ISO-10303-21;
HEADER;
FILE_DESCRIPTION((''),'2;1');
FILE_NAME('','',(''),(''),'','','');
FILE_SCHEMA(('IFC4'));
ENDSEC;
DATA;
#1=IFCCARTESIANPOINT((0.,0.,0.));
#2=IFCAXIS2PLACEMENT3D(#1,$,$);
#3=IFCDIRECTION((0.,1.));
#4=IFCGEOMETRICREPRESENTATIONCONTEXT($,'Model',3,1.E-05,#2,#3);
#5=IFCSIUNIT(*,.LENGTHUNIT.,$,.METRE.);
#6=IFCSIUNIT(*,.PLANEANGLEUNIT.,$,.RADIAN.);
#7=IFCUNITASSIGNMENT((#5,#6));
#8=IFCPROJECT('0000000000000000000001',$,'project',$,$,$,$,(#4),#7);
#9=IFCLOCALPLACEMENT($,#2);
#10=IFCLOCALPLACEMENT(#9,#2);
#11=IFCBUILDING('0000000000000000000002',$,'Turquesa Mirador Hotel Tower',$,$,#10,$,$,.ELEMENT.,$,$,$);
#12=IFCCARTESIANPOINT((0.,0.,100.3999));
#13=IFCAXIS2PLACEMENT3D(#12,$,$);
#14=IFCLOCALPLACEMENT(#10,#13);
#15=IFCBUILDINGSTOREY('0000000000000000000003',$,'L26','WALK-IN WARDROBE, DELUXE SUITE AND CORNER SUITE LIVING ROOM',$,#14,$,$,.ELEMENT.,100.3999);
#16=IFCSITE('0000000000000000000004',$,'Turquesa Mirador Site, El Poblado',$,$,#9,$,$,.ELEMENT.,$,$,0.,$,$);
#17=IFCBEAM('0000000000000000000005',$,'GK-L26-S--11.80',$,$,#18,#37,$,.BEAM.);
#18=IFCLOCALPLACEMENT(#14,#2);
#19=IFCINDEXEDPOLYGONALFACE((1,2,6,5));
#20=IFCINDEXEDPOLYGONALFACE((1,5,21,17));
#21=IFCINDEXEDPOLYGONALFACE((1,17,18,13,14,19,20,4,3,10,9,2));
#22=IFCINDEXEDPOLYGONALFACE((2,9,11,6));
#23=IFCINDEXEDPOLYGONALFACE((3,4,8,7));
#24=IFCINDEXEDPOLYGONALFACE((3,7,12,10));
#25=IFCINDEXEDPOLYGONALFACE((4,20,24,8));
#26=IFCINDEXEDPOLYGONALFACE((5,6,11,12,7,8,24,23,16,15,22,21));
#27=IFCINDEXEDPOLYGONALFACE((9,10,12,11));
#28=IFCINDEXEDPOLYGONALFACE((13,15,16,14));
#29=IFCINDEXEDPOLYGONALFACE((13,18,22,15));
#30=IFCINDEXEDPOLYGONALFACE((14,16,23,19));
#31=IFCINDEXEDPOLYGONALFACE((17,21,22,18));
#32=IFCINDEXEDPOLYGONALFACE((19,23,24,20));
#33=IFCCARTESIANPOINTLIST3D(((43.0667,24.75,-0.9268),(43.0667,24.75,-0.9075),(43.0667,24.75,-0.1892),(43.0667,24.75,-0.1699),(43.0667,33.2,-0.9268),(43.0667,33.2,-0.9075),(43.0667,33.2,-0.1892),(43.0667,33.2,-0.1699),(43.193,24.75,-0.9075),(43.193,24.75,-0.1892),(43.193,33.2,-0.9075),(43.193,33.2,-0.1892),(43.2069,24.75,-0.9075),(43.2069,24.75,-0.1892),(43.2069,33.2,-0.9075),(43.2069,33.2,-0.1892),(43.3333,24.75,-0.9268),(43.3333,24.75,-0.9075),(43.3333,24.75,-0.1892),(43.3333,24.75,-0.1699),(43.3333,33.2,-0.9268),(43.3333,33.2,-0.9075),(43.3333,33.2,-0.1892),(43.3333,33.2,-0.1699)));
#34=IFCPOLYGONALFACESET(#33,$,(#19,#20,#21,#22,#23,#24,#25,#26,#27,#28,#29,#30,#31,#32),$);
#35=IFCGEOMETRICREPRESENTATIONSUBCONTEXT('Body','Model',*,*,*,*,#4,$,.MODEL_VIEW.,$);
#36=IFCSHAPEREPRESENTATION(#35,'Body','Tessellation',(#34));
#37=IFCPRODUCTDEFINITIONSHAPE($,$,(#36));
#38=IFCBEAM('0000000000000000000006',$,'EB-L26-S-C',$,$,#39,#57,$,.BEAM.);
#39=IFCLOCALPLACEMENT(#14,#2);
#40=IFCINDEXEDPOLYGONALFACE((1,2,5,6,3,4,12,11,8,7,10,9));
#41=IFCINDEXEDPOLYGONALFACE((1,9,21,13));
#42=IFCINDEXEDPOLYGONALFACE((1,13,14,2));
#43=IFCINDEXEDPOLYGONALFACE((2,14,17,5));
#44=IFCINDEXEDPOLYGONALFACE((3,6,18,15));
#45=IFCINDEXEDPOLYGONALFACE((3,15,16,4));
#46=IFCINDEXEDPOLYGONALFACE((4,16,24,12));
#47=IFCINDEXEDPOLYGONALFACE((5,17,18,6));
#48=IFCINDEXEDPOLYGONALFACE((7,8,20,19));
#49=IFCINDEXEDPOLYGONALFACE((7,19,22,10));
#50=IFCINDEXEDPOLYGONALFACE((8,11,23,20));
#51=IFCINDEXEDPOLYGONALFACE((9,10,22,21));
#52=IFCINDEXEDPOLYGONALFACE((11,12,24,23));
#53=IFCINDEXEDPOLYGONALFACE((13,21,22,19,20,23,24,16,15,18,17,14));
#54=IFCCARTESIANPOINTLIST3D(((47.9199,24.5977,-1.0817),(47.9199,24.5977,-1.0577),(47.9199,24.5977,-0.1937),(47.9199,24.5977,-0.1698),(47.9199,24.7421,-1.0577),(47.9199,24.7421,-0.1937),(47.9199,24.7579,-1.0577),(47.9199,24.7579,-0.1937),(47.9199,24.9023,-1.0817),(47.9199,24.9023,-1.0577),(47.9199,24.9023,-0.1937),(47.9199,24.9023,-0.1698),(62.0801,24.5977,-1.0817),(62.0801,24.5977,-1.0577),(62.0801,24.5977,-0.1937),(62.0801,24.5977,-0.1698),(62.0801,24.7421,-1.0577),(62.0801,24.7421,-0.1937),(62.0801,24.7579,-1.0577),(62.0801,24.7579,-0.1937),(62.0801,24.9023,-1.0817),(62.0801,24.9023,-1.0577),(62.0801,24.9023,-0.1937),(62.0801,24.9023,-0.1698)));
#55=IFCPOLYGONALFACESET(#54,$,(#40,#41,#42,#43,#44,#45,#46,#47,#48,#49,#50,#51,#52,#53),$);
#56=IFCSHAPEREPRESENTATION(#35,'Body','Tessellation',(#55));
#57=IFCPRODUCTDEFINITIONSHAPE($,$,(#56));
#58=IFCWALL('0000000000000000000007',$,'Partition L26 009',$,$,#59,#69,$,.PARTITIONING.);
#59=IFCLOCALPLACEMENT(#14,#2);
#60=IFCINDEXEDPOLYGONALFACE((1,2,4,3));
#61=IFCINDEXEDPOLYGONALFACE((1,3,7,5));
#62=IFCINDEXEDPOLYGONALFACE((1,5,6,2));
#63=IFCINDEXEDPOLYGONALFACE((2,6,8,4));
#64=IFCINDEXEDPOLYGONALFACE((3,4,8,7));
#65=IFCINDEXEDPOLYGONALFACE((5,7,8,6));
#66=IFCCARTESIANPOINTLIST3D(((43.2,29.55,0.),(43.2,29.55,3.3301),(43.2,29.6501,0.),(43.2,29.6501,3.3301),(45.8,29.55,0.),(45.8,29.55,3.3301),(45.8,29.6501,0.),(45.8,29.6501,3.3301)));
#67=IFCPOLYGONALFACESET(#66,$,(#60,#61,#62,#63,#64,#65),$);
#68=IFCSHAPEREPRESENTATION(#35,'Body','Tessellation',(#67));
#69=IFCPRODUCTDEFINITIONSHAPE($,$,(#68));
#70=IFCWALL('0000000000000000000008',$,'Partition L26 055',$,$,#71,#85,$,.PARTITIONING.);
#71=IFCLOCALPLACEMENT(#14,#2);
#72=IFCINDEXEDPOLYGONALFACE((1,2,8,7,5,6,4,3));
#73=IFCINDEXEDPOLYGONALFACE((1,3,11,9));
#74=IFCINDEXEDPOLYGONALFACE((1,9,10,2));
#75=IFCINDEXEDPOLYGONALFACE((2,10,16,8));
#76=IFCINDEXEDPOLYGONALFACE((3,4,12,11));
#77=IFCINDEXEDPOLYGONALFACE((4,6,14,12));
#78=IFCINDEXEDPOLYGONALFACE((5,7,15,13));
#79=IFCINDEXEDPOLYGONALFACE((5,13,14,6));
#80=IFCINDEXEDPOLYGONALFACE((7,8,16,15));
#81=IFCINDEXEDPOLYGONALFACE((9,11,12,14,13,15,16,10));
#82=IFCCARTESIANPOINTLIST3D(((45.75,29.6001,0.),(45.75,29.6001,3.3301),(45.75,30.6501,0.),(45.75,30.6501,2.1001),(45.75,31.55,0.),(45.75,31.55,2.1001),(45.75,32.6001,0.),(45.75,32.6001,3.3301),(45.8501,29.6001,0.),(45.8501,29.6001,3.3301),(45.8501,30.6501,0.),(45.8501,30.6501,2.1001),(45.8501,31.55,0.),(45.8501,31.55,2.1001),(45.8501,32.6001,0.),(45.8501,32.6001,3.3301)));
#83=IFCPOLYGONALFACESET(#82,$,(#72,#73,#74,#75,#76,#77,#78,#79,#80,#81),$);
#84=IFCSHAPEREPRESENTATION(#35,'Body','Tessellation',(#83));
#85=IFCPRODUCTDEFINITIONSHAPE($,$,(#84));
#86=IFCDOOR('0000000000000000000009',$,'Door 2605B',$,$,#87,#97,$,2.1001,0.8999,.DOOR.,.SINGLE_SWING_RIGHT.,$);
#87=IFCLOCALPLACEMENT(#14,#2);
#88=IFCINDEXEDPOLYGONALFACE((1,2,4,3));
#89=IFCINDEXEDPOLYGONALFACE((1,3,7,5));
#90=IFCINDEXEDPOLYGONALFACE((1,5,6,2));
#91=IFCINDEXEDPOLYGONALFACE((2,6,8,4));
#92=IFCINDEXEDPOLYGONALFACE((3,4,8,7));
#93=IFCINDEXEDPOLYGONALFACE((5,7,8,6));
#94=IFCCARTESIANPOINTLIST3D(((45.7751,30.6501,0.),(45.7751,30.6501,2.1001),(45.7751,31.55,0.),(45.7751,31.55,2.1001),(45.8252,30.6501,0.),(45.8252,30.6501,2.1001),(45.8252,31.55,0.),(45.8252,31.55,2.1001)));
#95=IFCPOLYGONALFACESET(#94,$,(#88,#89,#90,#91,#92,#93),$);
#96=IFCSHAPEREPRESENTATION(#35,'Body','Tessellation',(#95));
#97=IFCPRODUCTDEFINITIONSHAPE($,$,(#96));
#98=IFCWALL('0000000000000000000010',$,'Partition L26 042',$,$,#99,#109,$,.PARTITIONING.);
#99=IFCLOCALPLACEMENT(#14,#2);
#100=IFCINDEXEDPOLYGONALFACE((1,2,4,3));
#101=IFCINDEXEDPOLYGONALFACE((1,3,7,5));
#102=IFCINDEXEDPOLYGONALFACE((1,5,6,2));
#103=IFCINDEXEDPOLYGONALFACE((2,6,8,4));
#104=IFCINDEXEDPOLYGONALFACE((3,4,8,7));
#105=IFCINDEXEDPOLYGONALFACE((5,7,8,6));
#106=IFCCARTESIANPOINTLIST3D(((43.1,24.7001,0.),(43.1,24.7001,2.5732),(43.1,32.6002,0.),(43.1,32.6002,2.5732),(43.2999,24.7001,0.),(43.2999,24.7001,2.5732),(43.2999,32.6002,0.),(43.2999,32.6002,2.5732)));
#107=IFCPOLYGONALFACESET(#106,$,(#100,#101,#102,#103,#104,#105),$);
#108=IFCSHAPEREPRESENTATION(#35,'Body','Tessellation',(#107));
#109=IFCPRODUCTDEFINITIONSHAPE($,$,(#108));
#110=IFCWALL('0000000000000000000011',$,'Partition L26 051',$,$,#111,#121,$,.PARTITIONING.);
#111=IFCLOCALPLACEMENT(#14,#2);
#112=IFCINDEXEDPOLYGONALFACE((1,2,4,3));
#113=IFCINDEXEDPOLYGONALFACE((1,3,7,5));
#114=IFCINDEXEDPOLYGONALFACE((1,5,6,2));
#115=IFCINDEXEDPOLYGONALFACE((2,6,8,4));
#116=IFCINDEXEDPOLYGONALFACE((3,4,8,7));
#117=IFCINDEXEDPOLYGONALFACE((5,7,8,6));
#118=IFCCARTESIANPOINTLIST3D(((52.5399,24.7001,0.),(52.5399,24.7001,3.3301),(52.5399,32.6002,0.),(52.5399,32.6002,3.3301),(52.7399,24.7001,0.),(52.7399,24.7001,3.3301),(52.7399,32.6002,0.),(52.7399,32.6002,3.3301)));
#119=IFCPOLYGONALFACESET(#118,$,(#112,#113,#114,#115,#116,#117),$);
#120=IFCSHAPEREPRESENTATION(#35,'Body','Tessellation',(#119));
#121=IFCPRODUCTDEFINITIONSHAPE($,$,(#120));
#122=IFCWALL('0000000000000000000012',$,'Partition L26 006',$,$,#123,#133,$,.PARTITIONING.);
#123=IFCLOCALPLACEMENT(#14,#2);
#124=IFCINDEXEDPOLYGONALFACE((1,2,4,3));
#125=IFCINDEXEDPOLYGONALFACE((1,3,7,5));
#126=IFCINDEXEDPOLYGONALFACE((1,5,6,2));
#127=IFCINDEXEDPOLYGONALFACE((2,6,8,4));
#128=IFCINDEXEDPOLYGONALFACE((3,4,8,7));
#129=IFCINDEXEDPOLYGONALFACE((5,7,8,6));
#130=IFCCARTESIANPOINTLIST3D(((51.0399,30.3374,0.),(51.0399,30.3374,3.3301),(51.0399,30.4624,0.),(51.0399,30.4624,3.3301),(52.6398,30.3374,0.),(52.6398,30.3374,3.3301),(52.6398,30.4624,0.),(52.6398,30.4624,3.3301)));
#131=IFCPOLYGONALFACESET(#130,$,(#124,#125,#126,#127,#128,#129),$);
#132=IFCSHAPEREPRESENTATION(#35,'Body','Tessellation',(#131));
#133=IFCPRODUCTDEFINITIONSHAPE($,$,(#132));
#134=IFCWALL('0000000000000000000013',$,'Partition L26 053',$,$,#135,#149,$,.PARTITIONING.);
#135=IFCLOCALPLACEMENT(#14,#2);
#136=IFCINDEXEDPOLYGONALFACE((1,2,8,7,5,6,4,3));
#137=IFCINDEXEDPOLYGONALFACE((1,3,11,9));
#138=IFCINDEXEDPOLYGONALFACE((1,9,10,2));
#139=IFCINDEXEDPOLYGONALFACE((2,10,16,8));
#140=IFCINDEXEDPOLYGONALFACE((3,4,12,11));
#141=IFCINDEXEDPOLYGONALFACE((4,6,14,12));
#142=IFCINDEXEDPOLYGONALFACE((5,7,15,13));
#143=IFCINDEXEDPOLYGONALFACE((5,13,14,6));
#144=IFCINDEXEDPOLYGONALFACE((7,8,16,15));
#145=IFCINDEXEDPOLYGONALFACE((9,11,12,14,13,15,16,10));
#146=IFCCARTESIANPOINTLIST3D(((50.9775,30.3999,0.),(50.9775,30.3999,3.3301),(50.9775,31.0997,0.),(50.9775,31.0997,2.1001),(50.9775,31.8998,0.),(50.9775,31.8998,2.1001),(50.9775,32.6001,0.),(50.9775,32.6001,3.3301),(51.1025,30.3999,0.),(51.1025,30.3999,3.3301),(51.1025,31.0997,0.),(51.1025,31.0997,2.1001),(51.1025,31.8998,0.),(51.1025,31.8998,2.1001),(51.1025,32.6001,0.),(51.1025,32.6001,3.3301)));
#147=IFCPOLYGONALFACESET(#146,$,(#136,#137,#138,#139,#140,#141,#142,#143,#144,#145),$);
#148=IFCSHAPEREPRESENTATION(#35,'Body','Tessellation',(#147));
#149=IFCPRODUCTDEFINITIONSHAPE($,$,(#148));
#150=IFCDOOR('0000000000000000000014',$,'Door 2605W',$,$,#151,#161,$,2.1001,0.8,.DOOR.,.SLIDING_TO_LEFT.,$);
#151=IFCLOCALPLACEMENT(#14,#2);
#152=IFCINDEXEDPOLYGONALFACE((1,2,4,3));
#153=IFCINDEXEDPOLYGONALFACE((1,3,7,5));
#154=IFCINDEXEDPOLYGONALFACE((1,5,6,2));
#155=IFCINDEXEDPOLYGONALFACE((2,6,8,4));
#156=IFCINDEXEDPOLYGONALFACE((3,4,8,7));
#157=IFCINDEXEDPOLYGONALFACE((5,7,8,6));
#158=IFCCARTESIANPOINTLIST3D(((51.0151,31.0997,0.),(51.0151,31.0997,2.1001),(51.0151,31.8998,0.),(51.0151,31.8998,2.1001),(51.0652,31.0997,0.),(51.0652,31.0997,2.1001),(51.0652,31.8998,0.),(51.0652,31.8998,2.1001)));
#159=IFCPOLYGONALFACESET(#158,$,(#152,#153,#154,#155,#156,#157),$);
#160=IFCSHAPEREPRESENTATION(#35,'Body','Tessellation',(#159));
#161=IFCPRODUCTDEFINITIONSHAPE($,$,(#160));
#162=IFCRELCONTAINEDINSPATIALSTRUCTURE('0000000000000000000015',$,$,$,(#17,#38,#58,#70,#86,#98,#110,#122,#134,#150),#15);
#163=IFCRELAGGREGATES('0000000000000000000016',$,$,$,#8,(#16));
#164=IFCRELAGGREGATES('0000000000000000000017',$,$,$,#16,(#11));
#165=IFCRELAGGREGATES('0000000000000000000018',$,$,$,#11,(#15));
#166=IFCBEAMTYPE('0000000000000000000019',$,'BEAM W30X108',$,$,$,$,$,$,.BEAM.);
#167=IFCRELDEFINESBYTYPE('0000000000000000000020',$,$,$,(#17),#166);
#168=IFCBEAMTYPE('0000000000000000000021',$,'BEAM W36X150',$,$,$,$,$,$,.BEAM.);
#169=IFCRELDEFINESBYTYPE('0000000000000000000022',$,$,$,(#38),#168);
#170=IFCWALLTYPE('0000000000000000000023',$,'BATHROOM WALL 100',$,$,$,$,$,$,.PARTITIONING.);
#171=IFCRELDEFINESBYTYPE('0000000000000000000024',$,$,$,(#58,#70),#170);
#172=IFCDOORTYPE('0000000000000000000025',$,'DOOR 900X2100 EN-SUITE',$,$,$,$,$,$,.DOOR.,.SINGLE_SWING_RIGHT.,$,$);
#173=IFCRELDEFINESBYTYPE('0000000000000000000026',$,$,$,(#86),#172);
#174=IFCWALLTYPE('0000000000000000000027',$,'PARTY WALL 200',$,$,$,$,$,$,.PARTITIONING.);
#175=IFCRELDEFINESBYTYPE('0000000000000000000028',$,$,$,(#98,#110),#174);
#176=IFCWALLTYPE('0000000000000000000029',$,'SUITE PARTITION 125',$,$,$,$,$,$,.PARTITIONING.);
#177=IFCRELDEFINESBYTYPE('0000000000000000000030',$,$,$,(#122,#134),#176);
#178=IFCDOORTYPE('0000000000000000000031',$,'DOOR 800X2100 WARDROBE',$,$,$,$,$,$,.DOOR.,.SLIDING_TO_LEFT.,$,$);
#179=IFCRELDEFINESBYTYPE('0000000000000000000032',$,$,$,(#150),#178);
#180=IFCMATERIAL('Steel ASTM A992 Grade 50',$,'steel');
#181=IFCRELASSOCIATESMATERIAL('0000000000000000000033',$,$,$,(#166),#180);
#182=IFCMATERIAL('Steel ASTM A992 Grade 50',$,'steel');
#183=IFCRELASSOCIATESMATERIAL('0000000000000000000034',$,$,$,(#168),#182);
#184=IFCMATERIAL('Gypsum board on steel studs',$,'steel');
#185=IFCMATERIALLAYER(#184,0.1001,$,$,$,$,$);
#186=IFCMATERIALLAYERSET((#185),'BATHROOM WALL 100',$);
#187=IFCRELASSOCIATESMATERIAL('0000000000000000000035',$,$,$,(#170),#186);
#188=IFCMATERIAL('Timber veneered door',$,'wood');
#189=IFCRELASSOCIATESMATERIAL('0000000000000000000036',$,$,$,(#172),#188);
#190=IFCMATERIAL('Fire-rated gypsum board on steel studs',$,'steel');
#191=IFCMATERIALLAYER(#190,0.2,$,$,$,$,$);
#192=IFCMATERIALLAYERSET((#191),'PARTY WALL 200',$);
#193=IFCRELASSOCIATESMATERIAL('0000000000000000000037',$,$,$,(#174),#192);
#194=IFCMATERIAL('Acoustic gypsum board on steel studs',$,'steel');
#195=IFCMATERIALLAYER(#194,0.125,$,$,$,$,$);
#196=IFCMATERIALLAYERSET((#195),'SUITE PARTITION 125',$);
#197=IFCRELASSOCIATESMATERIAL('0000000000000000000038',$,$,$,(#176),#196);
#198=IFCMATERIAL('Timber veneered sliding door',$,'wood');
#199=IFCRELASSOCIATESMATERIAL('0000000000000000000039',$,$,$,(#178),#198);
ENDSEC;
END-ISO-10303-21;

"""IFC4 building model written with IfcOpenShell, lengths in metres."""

from ifc_helpers import new_model, si_unit, direction, frame, frame_2d, origin, origin_2d, place, context, subcontext, project, spatial, rectangle, i_section, extrude, material, layer, layer_set, material_profile, profile_set, type_object, element, fill, save


model = new_model("IFC4")

# Units and contexts
model_context = context("Model", 3, precision=1e-05, world=origin(), true_north=direction((0.0, 1.0)))
body_context = subcontext(model_context, "Body", "Model", "MODEL_VIEW")
ifc_project = project(units=[si_unit("LENGTHUNIT", "METRE"), si_unit("PLANEANGLEUNIT", "RADIAN")], contexts=[model_context])

# Site, building, storey
site_placement = place(None, origin())
site = spatial("IfcSite", under=ifc_project, at=site_placement, Name="Turquesa Mirador Site, El Poblado", CompositionType="ELEMENT", RefElevation=0.0)
building_placement = place(site_placement, origin())
building = spatial("IfcBuilding", under=site, at=building_placement, Name="Turquesa Mirador Hotel Tower", CompositionType="ELEMENT")
storey_placement = place(building_placement, frame((0.0, 0.0, 100.3999)))
storey = spatial("IfcBuildingStorey", under=building, at=storey_placement, Name="L26", Description="WALK-IN WARDROBE, DELUXE SUITE AND CORNER SUITE LIVING ROOM", CompositionType="ELEMENT", Elevation=100.3999)

# Beams
ifc_material_1 = material(Name="Steel ASTM A992 Grade 50", Category="steel")
ifc_material_profile_1 = material_profile(ifc_material_1, i_section(OverallWidth=0.2666, OverallDepth=0.7568, WebThickness=0.0139, FlangeThickness=0.0193, at=origin_2d()), Name="W30X108")
ifc_profile_set_1 = profile_set([ifc_material_profile_1], Name="Steel ASTM A992 Grade 50")
beam_type_1 = type_object("IfcBeamType", Name="BEAM W30X108", PredefinedType="BEAM", material=ifc_profile_set_1)
beam_1_placement = place(storey_placement, frame((43.2, 24.75, -0.5483), z_axis=(0.0, 1.0, 0.0), x_axis=(-1.0, 0.0, 0.0)))
element("IfcBeam", 1, at=beam_1_placement, inside=storey, type_object=beam_type_1, Name="GK-L26-S--11.80", PredefinedType="BEAM", context=body_context, shape_type="SweptSolid", body=[
    extrude(i_section(OverallWidth=0.2666, OverallDepth=0.7568, WebThickness=0.0139, FlangeThickness=0.0193, at=origin_2d()), origin(), (0.0, 0.0, 1.0), 8.45),
])
ifc_material_2 = material(Name="Steel ASTM A992 Grade 50", Category="steel")
ifc_material_profile_2 = material_profile(ifc_material_2, i_section(OverallWidth=0.3047, OverallDepth=0.9119, WebThickness=0.0159, FlangeThickness=0.0239, at=origin_2d()), Name="W36X150")
ifc_profile_set_2 = profile_set([ifc_material_profile_2], Name="Steel ASTM A992 Grade 50")
beam_type_2 = type_object("IfcBeamType", Name="BEAM W36X150", PredefinedType="BEAM", material=ifc_profile_set_2)
beam_2_placement = place(storey_placement, frame((47.9199, 24.75, -0.6257), z_axis=(1.0, 0.0, 0.0), x_axis=(0.0, 1.0, 0.0)))
element("IfcBeam", 2, at=beam_2_placement, inside=storey, type_object=beam_type_2, Name="EB-L26-S-C", PredefinedType="BEAM", context=body_context, shape_type="SweptSolid", body=[
    extrude(i_section(OverallWidth=0.3047, OverallDepth=0.9119, WebThickness=0.0159, FlangeThickness=0.0239, at=origin_2d()), origin(), (0.0, 0.0, 1.0), 14.1602),
])

# Wall
ifc_material_3 = material(Name="Gypsum board on steel studs", Category="steel")
ifc_layer_1 = layer(ifc_material_3, 0.1001)
ifc_layer_set_1 = layer_set([ifc_layer_1], Name="BATHROOM WALL 100")
wall_type_1 = type_object("IfcWallType", Name="BATHROOM WALL 100", PredefinedType="PARTITIONING", material=ifc_layer_set_1)
wall_1_placement = place(storey_placement, frame((43.2, 29.6001, 0.0), z_axis=(0.0, 0.0, 1.0), x_axis=(1.0, 0.0, 0.0)))
element("IfcWall", 3, at=wall_1_placement, inside=storey, type_object=wall_type_1, Name="Partition L26 009", PredefinedType="PARTITIONING", context=body_context, shape_type="SweptSolid", body=[
    extrude(rectangle(XDim=2.6001, YDim=0.1001, at=frame_2d((1.3, 0.0))), origin(), (0.0, 0.0, 1.0), 3.3301),
])

# Wall, opening, door
wall_2_placement = place(storey_placement, frame((45.8, 29.6001, 0.0), z_axis=(0.0, 0.0, 1.0), x_axis=(0.0, 1.0, 0.0)))
wall_2 = element("IfcWall", 4, at=wall_2_placement, inside=storey, type_object=wall_type_1, Name="Partition L26 055", PredefinedType="PARTITIONING", context=body_context, shape_type="SweptSolid", body=[
    extrude(rectangle(XDim=3.0, YDim=0.1001, at=frame_2d((1.5, 0.0))), origin(), (0.0, 0.0, 1.0), 3.3301),
])
opening_1_placement = place(wall_2_placement, frame((1.05, 0.0, 0.0)))
opening_1 = element("IfcOpeningElement", 5, at=opening_1_placement, cuts=wall_2, PredefinedType="OPENING", context=body_context, shape_type="SweptSolid", body=[
    extrude(rectangle(XDim=0.8999, YDim=2.1001, at=frame_2d((0.45, 1.05))), frame((0.0, 0.0601, 0.0), z_axis=(0.0, -1.0, 0.0), x_axis=(1.0, 0.0, 0.0)), (0.0, 0.0, 1.0), 0.1201),
])
ifc_material_4 = material(Name="Timber veneered door", Category="wood")
door_type_1 = type_object("IfcDoorType", Name="DOOR 900X2100 EN-SUITE", OperationType="SINGLE_SWING_RIGHT", PredefinedType="DOOR", material=ifc_material_4)
door_1_placement = place(opening_1_placement, origin())
door_1 = element("IfcDoor", 6, at=door_1_placement, inside=storey, type_object=door_type_1, Name="Door 2605B", OperationType="SINGLE_SWING_RIGHT", OverallHeight=2.1001, OverallWidth=0.8999, PredefinedType="DOOR", context=body_context, shape_type="SweptSolid", body=[
    extrude(rectangle(XDim=0.8999, YDim=2.1001, at=frame_2d((0.45, 1.05))), frame((0.0, 0.0249, 0.0), z_axis=(0.0, -1.0, 0.0), x_axis=(1.0, 0.0, 0.0)), (0.0, 0.0, 1.0), 0.05),
])
fill(opening_1, door_1)

# Walls
ifc_material_5 = material(Name="Fire-rated gypsum board on steel studs", Category="steel")
ifc_layer_2 = layer(ifc_material_5, 0.2)
ifc_layer_set_2 = layer_set([ifc_layer_2], Name="PARTY WALL 200")
wall_type_2 = type_object("IfcWallType", Name="PARTY WALL 200", PredefinedType="PARTITIONING", material=ifc_layer_set_2)
wall_3_placement = place(storey_placement, frame((43.2, 24.7, 0.0), z_axis=(0.0, 0.0, 1.0), x_axis=(0.0, 1.0, 0.0)))
element("IfcWall", 7, at=wall_3_placement, inside=storey, type_object=wall_type_2, Name="Partition L26 042", PredefinedType="PARTITIONING", context=body_context, shape_type="SweptSolid", body=[
    extrude(rectangle(XDim=7.9001, YDim=0.2, at=frame_2d((3.9502, 0.0))), origin(), (0.0, 0.0, 1.0), 2.5732),
])
wall_4_placement = place(storey_placement, frame((52.6399, 24.7, 0.0), z_axis=(0.0, 0.0, 1.0), x_axis=(0.0, 1.0, 0.0)))
element("IfcWall", 8, at=wall_4_placement, inside=storey, type_object=wall_type_2, Name="Partition L26 051", PredefinedType="PARTITIONING", context=body_context, shape_type="SweptSolid", body=[
    extrude(rectangle(XDim=7.9001, YDim=0.2, at=frame_2d((3.9502, 0.0))), origin(), (0.0, 0.0, 1.0), 3.3301),
])
ifc_material_6 = material(Name="Acoustic gypsum board on steel studs", Category="steel")
ifc_layer_3 = layer(ifc_material_6, 0.125)
ifc_layer_set_3 = layer_set([ifc_layer_3], Name="SUITE PARTITION 125")
wall_type_3 = type_object("IfcWallType", Name="SUITE PARTITION 125", PredefinedType="PARTITIONING", material=ifc_layer_set_3)
wall_5_placement = place(storey_placement, frame((51.04, 30.3999, 0.0), z_axis=(0.0, 0.0, 1.0), x_axis=(1.0, 0.0, 0.0)))
element("IfcWall", 9, at=wall_5_placement, inside=storey, type_object=wall_type_3, Name="Partition L26 006", PredefinedType="PARTITIONING", context=body_context, shape_type="SweptSolid", body=[
    extrude(rectangle(XDim=1.5999, YDim=0.125, at=frame_2d((0.7998, 0.0))), origin(), (0.0, 0.0, 1.0), 3.3301),
])

# Wall, opening, door
wall_6_placement = place(storey_placement, frame((51.04, 30.3999, 0.0), z_axis=(0.0, 0.0, 1.0), x_axis=(0.0, 1.0, 0.0)))
wall_6 = element("IfcWall", 10, at=wall_6_placement, inside=storey, type_object=wall_type_3, Name="Partition L26 053", PredefinedType="PARTITIONING", context=body_context, shape_type="SweptSolid", body=[
    extrude(rectangle(XDim=2.2002, YDim=0.125, at=frame_2d((1.1001, 0.0))), origin(), (0.0, 0.0, 1.0), 3.3301),
])
opening_2_placement = place(wall_6_placement, frame((0.7, 0.0, 0.0)))
opening_2 = element("IfcOpeningElement", 11, at=opening_2_placement, cuts=wall_6, PredefinedType="OPENING", context=body_context, shape_type="SweptSolid", body=[
    extrude(rectangle(XDim=0.8, YDim=2.1001, at=frame_2d((0.3999, 1.05))), frame((0.0, 0.0725, 0.0), z_axis=(0.0, -1.0, 0.0), x_axis=(1.0, 0.0, 0.0)), (0.0, 0.0, 1.0), 0.145),
])
ifc_material_7 = material(Name="Timber veneered sliding door", Category="wood")
door_type_2 = type_object("IfcDoorType", Name="DOOR 800X2100 WARDROBE", OperationType="SLIDING_TO_LEFT", PredefinedType="DOOR", material=ifc_material_7)
door_2_placement = place(opening_2_placement, origin())
door_2 = element("IfcDoor", 12, at=door_2_placement, inside=storey, type_object=door_type_2, Name="Door 2605W", OperationType="SLIDING_TO_LEFT", OverallHeight=2.1001, OverallWidth=0.8, PredefinedType="DOOR", context=body_context, shape_type="SweptSolid", body=[
    extrude(rectangle(XDim=0.8, YDim=2.1001, at=frame_2d((0.3999, 1.05))), frame((0.0, 0.0249, 0.0), z_axis=(0.0, -1.0, 0.0), x_axis=(1.0, 0.0, 0.0)), (0.0, 0.0, 1.0), 0.05),
])
fill(opening_2, door_2)

save(model, "model.ifc")
